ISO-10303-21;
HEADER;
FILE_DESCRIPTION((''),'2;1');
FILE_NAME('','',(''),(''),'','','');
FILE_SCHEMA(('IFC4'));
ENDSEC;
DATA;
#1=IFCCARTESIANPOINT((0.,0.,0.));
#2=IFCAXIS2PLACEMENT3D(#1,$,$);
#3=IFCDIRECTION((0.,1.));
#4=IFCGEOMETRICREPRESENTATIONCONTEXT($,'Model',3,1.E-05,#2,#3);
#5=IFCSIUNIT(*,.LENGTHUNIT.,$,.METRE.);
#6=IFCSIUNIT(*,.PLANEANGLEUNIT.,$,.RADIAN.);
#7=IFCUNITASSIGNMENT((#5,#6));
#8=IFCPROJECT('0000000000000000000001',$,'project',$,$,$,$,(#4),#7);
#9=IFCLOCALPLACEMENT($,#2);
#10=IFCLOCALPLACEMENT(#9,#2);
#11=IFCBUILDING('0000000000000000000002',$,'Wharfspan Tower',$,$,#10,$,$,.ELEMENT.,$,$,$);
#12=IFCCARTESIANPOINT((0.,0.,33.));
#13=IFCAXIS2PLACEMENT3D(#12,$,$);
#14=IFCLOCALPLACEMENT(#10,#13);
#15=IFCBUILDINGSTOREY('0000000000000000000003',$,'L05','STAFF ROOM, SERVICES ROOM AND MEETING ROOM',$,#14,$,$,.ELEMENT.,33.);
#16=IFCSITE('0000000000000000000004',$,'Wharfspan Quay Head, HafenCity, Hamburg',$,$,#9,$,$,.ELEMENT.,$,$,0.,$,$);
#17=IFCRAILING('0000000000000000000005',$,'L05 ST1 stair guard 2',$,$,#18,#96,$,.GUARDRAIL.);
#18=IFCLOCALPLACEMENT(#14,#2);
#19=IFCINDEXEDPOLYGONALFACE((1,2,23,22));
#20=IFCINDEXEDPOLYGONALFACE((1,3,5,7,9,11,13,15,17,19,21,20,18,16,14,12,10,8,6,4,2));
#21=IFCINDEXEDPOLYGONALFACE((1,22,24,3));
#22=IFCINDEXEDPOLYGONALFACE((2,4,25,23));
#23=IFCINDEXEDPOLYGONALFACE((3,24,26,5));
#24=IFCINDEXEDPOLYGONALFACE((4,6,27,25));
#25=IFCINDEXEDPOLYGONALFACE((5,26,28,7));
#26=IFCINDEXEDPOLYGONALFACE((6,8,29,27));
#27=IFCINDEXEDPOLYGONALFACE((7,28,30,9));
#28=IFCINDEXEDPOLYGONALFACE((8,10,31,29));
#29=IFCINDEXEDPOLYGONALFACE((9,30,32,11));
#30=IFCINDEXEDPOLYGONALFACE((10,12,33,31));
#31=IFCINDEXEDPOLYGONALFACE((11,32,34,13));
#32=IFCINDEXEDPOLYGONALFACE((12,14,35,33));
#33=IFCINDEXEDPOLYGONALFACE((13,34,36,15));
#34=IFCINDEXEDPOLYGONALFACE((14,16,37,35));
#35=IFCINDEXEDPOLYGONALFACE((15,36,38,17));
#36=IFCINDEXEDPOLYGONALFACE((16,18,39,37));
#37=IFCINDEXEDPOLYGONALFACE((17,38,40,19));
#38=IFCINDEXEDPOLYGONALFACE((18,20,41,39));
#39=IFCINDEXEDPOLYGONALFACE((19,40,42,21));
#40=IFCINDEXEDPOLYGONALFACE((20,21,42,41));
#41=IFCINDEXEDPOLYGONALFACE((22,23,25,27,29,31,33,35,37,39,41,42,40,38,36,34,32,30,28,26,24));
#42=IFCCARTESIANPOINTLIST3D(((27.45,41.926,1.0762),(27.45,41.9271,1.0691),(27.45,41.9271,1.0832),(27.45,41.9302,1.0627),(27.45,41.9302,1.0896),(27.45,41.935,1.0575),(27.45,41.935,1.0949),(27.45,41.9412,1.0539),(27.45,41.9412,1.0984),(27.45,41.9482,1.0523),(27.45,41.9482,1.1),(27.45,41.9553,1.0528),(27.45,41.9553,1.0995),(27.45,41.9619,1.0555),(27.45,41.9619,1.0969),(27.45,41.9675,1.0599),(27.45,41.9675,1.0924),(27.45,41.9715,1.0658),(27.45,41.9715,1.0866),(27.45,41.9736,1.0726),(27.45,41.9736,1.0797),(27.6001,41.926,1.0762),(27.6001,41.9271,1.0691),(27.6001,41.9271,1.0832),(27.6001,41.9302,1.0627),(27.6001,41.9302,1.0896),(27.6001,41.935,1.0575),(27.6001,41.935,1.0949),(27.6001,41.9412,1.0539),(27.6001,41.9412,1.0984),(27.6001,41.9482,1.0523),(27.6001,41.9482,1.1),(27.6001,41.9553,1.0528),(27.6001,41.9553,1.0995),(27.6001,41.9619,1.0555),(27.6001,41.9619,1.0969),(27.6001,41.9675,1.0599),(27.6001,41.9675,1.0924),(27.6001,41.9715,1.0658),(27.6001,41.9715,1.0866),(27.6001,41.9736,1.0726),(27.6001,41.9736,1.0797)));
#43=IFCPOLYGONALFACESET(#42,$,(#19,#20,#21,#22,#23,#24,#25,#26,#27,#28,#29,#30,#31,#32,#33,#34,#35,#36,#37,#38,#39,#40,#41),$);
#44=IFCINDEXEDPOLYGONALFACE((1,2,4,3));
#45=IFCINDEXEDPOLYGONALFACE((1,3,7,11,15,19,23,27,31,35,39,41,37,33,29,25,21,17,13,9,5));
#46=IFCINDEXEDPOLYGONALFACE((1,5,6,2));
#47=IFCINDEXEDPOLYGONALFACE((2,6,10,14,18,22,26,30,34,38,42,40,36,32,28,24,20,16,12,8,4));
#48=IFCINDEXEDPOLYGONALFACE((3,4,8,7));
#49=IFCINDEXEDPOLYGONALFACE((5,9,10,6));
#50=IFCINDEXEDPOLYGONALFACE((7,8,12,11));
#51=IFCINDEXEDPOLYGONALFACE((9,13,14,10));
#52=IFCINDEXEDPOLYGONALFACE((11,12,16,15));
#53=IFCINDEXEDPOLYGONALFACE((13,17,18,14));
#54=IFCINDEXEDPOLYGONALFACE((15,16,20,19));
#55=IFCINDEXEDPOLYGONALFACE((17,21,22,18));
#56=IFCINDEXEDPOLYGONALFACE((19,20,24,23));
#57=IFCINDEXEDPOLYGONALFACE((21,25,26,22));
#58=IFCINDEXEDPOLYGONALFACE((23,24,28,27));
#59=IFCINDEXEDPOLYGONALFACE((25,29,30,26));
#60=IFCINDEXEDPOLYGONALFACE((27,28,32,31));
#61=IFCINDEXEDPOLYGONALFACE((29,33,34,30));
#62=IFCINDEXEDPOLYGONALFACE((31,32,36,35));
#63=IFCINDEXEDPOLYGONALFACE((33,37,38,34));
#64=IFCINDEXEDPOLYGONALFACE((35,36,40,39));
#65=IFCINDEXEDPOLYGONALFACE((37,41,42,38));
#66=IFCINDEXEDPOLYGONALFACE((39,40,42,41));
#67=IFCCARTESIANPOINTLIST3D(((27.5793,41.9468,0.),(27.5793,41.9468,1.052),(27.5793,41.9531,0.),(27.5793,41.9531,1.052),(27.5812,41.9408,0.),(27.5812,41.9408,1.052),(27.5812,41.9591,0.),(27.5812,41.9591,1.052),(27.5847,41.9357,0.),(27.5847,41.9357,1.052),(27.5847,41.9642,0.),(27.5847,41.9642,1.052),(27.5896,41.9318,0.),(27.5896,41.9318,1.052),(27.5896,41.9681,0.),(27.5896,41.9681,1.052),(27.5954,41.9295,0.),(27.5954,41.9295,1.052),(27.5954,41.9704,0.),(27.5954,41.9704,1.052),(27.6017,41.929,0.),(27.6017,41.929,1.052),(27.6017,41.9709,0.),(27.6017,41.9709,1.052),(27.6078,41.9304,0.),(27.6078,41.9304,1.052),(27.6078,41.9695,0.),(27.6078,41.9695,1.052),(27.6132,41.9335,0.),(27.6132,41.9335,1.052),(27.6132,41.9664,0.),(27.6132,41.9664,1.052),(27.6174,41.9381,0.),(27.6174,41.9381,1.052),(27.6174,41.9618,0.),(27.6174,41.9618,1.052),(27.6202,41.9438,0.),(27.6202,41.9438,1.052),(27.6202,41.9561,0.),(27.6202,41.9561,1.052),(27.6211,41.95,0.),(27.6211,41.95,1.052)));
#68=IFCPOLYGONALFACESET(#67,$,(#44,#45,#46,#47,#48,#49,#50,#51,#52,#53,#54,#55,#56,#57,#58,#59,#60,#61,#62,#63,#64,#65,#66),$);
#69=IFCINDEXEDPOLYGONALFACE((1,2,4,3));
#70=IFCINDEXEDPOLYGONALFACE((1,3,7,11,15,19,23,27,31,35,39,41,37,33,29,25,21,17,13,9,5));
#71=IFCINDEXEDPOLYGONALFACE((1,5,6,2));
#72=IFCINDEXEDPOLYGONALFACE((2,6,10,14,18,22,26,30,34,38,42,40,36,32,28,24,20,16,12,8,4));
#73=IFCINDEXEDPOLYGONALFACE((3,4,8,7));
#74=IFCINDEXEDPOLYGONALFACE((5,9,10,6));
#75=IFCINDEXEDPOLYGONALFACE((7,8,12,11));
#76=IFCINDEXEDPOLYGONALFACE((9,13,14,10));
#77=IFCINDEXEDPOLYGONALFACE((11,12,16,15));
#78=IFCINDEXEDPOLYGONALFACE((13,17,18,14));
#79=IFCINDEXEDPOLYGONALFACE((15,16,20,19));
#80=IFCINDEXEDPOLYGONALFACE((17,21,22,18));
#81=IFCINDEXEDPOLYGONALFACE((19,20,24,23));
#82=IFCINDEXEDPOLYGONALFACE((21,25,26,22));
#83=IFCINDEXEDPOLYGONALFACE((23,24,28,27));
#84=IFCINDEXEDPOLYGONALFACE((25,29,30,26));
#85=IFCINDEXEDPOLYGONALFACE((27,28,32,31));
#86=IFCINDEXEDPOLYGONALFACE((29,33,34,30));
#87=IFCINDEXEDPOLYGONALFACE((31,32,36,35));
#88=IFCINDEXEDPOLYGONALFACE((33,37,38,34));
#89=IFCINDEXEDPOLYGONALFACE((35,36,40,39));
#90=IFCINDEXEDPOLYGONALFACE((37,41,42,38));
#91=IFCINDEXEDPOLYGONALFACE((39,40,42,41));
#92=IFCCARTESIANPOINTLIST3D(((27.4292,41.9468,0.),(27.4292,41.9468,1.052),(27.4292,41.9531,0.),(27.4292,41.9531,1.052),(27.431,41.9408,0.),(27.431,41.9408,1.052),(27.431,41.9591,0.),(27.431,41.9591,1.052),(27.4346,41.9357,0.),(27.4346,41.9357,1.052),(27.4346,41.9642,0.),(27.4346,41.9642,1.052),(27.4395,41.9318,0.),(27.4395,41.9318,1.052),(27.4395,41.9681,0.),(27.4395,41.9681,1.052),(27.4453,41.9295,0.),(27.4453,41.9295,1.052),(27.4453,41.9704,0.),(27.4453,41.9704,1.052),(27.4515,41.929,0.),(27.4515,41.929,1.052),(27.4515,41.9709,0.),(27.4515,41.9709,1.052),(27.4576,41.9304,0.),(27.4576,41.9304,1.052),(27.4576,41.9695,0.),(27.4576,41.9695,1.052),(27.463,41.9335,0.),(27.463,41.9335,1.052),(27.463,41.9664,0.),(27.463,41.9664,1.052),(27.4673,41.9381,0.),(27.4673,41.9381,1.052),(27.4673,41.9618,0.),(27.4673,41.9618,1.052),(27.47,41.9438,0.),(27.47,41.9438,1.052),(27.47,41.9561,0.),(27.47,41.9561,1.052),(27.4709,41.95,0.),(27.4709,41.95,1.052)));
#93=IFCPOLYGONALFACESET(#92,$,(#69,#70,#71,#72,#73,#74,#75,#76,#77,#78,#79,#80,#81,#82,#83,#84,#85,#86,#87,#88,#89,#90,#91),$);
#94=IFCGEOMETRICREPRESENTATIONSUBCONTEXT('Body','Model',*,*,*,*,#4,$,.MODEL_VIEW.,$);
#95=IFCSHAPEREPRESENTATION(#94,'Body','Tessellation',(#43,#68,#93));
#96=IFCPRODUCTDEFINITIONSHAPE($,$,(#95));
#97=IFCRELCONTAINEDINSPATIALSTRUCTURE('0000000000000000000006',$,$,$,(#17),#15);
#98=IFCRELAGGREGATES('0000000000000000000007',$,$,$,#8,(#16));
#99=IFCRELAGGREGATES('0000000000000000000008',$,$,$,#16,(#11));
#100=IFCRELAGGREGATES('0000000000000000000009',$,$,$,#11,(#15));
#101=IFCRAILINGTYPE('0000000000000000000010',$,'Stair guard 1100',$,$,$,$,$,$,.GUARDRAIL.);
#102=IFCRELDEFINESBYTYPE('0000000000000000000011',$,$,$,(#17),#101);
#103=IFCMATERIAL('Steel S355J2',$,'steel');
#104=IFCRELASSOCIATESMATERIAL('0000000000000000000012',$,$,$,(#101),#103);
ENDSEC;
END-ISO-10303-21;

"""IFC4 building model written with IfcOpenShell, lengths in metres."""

from ifc_helpers import new_model, si_unit, direction, frame, origin, origin_2d, place, context, subcontext, project, spatial, circle, extrude, material, type_object, element, save


model = new_model("IFC4")

# Units and contexts
model_context = context("Model", 3, precision=1e-05, world=origin(), true_north=direction((0.0, 1.0)))
body_context = subcontext(model_context, "Body", "Model", "MODEL_VIEW")
ifc_project = project(units=[si_unit("LENGTHUNIT", "METRE"), si_unit("PLANEANGLEUNIT", "RADIAN")], contexts=[model_context])

# Site, building, storey
site_placement = place(None, origin())
site = spatial("IfcSite", under=ifc_project, at=site_placement, Name="Wharfspan Quay Head, HafenCity, Hamburg", CompositionType="ELEMENT", RefElevation=0.0)
building_placement = place(site_placement, origin())
building = spatial("IfcBuilding", under=site, at=building_placement, Name="Wharfspan Tower", CompositionType="ELEMENT")
storey_placement = place(building_placement, frame((0.0, 0.0, 33.0)))
storey = spatial("IfcBuildingStorey", under=building, at=storey_placement, Name="L05", Description="STAFF ROOM, SERVICES ROOM AND MEETING ROOM", CompositionType="ELEMENT", Elevation=33.0)

# Railing
ifc_material_1 = material(Name="Steel S355J2", Category="steel")
railing_type_1 = type_object("IfcRailingType", Name="Stair guard 1100", PredefinedType="GUARDRAIL", material=ifc_material_1)
railing_1_placement = place(storey_placement, frame((27.6001, 41.95, 0.0)))
element("IfcRailing", 1, at=railing_1_placement, inside=storey, type_object=railing_type_1, Name="L05 ST1 stair guard 2", PredefinedType="GUARDRAIL", context=body_context, shape_type="SweptSolid", body=[
    extrude(circle(Radius=0.0239, at=origin_2d()), frame((0.0, 0.0, 1.0762), z_axis=(-1.0, 0.0, 0.0), x_axis=(0.0, -1.0, 0.0)), (0.0, 0.0, 1.0), 0.1501),
    extrude(circle(Radius=0.021, at=origin_2d()), origin(), (0.0, 0.0, 1.0), 1.052),
    extrude(circle(Radius=0.021, at=origin_2d()), frame((-0.1501, 0.0, 0.0)), (0.0, 0.0, 1.0), 1.052),
])

save(model, "model.ifc")
